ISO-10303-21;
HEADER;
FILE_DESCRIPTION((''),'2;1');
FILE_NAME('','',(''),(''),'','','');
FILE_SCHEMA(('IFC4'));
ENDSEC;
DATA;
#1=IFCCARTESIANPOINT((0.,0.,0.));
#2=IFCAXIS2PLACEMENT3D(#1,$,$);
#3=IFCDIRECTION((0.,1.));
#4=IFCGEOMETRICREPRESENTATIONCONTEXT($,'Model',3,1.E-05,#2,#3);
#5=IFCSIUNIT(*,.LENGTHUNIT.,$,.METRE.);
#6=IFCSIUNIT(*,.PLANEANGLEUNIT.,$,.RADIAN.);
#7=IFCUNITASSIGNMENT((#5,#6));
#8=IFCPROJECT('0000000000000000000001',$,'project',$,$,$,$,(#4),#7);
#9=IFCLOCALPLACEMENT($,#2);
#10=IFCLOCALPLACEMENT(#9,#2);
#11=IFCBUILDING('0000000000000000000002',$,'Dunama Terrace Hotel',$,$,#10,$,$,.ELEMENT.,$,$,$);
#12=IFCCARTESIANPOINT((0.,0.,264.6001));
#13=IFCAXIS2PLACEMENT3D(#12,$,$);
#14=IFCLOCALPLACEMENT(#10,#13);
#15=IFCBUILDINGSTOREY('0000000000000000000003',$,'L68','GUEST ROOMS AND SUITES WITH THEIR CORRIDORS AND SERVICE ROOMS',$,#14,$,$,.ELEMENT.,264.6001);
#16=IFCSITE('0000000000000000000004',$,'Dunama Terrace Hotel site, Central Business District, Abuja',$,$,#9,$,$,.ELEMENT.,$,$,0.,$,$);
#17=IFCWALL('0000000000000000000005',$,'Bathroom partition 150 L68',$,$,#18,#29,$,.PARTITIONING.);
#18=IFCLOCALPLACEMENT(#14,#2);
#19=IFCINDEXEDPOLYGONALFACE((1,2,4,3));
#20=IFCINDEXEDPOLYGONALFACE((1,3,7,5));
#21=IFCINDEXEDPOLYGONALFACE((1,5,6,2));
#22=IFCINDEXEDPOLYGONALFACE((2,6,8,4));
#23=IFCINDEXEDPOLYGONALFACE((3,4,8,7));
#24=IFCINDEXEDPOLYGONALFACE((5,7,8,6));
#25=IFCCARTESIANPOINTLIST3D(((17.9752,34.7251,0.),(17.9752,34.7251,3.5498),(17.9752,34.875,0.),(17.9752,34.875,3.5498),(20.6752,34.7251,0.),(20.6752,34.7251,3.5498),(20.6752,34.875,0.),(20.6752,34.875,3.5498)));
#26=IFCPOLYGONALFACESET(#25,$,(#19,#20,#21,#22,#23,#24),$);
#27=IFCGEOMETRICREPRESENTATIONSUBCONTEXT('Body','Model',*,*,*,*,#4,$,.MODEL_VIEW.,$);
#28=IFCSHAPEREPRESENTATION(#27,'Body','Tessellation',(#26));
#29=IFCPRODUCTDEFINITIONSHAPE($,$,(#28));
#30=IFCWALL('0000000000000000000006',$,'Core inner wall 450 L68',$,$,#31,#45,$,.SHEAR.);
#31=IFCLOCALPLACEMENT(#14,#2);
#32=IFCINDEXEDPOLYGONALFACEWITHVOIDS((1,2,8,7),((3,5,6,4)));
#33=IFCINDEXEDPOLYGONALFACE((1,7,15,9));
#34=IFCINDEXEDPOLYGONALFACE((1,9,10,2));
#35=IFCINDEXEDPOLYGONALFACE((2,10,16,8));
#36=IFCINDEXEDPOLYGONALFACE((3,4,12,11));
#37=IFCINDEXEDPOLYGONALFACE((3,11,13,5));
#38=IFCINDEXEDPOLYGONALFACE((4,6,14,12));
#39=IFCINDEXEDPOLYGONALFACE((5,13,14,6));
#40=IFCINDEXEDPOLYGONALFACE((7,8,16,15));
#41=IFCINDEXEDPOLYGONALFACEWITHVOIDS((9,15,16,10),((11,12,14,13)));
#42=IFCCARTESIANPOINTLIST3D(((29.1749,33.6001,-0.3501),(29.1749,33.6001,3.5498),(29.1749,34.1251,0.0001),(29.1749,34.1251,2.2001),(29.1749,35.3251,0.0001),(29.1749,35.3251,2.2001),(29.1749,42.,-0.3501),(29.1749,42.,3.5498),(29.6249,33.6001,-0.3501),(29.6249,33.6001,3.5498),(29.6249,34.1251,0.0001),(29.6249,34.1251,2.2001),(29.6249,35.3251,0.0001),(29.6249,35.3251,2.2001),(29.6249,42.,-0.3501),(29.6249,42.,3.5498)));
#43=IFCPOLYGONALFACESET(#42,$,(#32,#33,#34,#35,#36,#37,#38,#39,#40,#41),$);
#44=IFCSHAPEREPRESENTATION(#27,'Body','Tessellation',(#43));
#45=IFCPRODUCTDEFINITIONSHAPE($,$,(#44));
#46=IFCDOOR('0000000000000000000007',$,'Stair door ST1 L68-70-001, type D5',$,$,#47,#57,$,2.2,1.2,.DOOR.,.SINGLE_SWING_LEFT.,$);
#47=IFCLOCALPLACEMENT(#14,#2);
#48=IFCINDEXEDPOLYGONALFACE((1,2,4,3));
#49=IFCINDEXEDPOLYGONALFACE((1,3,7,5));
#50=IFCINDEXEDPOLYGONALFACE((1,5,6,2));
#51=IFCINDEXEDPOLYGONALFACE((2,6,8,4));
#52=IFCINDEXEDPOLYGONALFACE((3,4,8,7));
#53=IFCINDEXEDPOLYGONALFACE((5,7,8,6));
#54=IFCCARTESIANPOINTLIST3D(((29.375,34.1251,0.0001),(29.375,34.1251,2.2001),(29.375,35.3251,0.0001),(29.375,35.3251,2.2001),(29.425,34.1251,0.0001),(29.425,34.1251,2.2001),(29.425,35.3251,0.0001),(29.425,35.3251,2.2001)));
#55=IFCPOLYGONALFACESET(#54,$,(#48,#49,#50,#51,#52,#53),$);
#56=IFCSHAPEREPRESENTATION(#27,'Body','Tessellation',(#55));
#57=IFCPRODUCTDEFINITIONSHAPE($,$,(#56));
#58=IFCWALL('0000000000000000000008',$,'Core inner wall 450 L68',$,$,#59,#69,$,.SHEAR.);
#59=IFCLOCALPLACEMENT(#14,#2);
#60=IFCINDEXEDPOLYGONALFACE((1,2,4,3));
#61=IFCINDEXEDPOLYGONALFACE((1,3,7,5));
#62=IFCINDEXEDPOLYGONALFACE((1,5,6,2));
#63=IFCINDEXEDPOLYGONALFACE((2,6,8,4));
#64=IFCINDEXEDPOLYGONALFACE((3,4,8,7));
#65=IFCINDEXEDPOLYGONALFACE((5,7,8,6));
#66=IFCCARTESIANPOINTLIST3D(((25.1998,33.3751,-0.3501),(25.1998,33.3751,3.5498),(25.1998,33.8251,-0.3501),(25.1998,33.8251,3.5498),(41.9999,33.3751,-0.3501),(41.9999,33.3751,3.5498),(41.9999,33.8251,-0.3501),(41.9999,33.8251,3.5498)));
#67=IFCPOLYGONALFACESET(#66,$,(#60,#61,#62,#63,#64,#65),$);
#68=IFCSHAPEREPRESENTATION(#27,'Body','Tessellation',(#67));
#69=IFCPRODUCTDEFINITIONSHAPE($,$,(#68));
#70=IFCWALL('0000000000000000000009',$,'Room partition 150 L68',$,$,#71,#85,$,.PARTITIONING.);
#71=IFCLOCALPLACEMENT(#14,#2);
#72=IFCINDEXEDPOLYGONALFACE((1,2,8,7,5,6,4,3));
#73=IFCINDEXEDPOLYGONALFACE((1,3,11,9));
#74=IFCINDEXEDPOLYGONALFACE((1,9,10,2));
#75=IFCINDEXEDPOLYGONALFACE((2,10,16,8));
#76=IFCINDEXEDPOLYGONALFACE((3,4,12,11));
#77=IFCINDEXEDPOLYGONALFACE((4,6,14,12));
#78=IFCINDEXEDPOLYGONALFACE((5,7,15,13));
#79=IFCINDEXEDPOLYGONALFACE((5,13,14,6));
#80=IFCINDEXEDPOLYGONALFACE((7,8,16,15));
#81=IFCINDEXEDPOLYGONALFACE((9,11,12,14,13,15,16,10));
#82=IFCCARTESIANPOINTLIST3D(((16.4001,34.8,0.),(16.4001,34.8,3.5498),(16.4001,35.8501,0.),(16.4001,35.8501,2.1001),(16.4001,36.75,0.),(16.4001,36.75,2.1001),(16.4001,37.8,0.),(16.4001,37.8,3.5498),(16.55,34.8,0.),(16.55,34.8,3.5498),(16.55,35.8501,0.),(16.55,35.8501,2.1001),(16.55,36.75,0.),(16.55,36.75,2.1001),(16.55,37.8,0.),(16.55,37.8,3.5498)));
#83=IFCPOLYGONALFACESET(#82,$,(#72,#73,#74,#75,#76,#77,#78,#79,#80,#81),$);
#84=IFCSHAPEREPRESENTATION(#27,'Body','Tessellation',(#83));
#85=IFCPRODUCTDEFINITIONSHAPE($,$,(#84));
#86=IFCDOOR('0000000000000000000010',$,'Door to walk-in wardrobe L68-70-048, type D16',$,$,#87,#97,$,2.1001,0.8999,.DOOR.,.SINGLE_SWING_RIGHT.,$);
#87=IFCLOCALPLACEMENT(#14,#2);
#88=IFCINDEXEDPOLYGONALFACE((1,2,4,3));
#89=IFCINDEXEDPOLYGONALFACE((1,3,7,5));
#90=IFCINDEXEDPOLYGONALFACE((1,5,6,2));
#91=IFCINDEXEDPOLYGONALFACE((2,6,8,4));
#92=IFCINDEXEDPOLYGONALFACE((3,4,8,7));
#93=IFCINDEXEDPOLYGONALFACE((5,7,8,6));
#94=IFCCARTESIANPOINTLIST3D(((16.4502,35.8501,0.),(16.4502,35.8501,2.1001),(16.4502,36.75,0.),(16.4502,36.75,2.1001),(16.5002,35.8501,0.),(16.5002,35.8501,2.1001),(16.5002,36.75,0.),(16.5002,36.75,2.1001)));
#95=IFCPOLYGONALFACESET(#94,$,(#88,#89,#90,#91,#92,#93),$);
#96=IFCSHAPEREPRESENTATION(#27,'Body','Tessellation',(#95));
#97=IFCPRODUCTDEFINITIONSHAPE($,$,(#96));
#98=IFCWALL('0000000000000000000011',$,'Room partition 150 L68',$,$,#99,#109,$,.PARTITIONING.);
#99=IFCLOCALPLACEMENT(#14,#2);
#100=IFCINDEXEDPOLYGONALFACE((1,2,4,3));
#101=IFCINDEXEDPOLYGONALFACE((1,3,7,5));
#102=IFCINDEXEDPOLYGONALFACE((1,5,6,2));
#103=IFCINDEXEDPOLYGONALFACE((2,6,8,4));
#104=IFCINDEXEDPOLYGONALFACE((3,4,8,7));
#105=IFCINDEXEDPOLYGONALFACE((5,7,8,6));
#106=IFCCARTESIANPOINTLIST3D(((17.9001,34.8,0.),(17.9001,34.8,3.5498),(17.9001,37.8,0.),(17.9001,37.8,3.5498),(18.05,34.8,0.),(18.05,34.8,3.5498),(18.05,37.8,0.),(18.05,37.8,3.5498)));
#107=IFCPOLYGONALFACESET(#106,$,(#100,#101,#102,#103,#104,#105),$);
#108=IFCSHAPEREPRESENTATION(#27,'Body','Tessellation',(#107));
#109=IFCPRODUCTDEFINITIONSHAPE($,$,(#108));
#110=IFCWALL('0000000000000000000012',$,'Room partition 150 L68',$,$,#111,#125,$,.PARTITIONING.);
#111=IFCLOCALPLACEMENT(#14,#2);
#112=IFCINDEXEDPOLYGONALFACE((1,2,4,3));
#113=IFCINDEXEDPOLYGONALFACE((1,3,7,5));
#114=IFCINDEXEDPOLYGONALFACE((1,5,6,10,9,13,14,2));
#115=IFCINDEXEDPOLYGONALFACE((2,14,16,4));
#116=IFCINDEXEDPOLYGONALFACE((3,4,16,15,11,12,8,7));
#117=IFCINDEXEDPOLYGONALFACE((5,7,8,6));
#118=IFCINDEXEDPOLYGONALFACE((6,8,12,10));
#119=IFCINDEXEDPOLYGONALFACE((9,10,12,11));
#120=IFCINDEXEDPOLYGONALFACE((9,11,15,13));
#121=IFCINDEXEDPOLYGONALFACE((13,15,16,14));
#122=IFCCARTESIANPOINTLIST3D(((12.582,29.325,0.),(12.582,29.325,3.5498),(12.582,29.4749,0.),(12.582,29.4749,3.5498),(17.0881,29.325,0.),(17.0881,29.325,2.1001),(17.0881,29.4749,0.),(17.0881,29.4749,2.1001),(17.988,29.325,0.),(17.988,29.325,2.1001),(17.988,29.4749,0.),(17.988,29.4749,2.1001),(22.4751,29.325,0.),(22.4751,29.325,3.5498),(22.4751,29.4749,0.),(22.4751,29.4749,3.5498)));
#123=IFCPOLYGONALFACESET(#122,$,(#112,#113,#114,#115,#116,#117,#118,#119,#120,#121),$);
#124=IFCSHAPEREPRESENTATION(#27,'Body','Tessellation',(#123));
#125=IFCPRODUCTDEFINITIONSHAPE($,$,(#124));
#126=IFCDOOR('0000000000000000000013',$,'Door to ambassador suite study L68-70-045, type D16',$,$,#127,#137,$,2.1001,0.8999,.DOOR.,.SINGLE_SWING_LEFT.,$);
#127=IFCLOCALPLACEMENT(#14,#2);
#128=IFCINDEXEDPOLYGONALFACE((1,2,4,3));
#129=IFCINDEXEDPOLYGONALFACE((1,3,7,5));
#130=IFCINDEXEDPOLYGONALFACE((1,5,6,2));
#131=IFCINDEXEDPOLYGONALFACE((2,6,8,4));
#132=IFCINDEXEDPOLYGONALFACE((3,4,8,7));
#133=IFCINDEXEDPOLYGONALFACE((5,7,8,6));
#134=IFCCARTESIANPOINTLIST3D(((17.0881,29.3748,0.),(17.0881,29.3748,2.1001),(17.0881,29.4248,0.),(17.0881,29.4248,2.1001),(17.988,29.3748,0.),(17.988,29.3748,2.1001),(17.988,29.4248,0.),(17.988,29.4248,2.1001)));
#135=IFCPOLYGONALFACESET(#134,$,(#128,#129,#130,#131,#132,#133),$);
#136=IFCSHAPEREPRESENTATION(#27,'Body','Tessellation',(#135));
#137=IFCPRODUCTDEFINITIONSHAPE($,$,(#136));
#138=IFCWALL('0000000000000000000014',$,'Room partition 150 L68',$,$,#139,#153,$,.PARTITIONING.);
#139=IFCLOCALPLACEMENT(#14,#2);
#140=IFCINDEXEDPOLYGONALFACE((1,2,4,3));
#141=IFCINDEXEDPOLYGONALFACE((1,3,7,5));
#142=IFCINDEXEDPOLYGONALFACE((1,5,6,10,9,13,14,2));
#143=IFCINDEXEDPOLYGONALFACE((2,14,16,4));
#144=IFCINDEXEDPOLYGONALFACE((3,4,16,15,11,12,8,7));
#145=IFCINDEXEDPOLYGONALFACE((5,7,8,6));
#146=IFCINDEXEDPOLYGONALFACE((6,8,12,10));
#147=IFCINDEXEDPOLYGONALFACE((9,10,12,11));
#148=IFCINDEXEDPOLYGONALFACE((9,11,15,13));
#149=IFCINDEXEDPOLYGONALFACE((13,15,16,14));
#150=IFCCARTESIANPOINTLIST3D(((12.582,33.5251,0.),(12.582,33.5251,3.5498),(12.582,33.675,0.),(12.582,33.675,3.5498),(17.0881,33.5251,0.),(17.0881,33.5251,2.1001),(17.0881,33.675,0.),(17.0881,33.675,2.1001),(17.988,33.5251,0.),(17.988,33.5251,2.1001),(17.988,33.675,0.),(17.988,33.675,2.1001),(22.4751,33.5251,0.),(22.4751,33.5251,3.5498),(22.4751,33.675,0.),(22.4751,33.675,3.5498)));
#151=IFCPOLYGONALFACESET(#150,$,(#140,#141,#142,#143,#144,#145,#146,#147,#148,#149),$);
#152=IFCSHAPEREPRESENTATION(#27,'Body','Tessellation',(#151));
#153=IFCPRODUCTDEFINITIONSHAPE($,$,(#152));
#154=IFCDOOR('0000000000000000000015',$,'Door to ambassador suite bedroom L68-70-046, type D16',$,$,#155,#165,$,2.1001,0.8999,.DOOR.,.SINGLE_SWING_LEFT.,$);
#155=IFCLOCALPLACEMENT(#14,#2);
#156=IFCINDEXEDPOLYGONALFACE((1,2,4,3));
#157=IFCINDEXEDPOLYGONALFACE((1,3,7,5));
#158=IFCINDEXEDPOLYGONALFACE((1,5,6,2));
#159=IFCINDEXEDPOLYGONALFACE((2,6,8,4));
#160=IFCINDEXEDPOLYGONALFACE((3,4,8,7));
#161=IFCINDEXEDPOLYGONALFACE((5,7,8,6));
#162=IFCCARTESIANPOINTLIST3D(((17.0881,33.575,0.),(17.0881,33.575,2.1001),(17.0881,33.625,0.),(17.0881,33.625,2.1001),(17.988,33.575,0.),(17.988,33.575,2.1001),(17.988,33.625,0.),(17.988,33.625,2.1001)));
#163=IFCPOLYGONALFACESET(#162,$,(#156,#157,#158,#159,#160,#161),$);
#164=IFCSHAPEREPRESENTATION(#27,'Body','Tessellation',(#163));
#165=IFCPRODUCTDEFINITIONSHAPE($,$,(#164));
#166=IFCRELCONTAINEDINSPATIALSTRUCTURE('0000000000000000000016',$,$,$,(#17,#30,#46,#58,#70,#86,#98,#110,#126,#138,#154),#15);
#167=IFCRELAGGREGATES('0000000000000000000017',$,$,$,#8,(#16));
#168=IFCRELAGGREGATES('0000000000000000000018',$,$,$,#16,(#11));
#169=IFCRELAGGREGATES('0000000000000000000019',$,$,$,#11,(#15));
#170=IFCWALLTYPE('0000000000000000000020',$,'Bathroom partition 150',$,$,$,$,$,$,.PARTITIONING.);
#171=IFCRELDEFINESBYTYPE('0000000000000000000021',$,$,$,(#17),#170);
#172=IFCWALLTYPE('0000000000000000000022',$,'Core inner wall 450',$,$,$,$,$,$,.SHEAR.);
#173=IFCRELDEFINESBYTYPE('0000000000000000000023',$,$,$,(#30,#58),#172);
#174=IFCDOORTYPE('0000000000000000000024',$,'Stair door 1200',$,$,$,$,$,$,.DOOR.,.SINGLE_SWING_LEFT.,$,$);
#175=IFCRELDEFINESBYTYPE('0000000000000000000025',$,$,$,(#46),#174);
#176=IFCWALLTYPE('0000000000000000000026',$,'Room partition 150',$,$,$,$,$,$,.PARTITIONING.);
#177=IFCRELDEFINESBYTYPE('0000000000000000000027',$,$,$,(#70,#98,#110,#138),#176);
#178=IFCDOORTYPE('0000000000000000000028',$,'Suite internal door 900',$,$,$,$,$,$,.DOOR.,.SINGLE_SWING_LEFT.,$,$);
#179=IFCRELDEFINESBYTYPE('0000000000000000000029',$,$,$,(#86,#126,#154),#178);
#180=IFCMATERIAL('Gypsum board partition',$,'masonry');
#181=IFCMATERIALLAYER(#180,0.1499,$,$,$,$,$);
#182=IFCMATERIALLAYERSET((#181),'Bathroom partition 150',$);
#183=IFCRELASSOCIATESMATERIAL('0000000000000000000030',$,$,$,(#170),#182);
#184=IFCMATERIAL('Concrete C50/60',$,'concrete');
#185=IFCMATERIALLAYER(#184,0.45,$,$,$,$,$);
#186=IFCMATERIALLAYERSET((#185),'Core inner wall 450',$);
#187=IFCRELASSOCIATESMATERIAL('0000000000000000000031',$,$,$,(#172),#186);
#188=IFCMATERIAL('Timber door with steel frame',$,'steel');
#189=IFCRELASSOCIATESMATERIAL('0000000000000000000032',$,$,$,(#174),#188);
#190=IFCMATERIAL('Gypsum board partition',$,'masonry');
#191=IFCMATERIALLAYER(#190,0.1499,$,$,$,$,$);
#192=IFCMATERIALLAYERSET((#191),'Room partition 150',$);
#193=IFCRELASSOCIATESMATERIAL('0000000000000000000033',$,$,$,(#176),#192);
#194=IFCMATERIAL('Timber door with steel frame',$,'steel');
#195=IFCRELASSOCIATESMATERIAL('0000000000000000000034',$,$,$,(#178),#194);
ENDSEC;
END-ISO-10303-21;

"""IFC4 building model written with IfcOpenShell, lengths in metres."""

from ifc_helpers import new_model, si_unit, direction, frame, frame_2d, origin, place, context, subcontext, project, spatial, rectangle, extrude, material, layer, layer_set, type_object, element, fill, save


model = new_model("IFC4")

# Units and contexts
model_context = context("Model", 3, precision=1e-05, world=origin(), true_north=direction((0.0, 1.0)))
body_context = subcontext(model_context, "Body", "Model", "MODEL_VIEW")
ifc_project = project(units=[si_unit("LENGTHUNIT", "METRE"), si_unit("PLANEANGLEUNIT", "RADIAN")], contexts=[model_context])

# Site, building, storey
site_placement = place(None, origin())
site = spatial("IfcSite", under=ifc_project, at=site_placement, Name="Dunama Terrace Hotel site, Central Business District, Abuja", CompositionType="ELEMENT", RefElevation=0.0)
building_placement = place(site_placement, origin())
building = spatial("IfcBuilding", under=site, at=building_placement, Name="Dunama Terrace Hotel", CompositionType="ELEMENT")
storey_placement = place(building_placement, frame((0.0, 0.0, 264.6001)))
storey = spatial("IfcBuildingStorey", under=building, at=storey_placement, Name="L68", Description="GUEST ROOMS AND SUITES WITH THEIR CORRIDORS AND SERVICE ROOMS", CompositionType="ELEMENT", Elevation=264.6001)

# Shared definitions
ifc_material_1 = material(Name="Gypsum board partition", Category="masonry")
ifc_layer_1 = layer(ifc_material_1, 0.1499)
ifc_layer_set_1 = layer_set([ifc_layer_1], Name="Bathroom partition 150")
wall_type_1 = type_object("IfcWallType", Name="Bathroom partition 150", PredefinedType="PARTITIONING", material=ifc_layer_set_1)

# Wall
wall_1_placement = place(storey_placement, frame((17.9751, 34.8, 0.0), z_axis=(0.0, 0.0, 1.0), x_axis=(1.0, 0.0, 0.0)))
element("IfcWall", 1, at=wall_1_placement, inside=storey, type_object=wall_type_1, Name="Bathroom partition 150 L68", PredefinedType="PARTITIONING", context=body_context, shape_type="SweptSolid", body=[
    extrude(rectangle(XDim=2.7, YDim=0.1499, at=frame_2d((1.3501, 0.0))), origin(), (0.0, 0.0, 1.0), 3.5498),
])

# Wall, opening, door
ifc_material_2 = material(Name="Concrete C50/60", Category="concrete")
ifc_layer_2 = layer(ifc_material_2, 0.45)
ifc_layer_set_2 = layer_set([ifc_layer_2], Name="Core inner wall 450")
wall_type_2 = type_object("IfcWallType", Name="Core inner wall 450", PredefinedType="SHEAR", material=ifc_layer_set_2)
wall_2_placement = place(storey_placement, frame((29.3999, 33.6001, -0.3501), z_axis=(0.0, 0.0, 1.0), x_axis=(0.0, 1.0, 0.0)))
wall_2 = element("IfcWall", 2, at=wall_2_placement, inside=storey, type_object=wall_type_2, Name="Core inner wall 450 L68", PredefinedType="SHEAR", context=body_context, shape_type="SweptSolid", body=[
    extrude(rectangle(XDim=8.3999, YDim=0.45, at=frame_2d((4.2, 0.0))), origin(), (0.0, 0.0, 1.0), 3.8999),
])
opening_1_placement = place(wall_2_placement, frame((0.5249, 0.0, 0.3501)))
opening_1 = element("IfcOpeningElement", 3, at=opening_1_placement, cuts=wall_2, PredefinedType="OPENING", context=body_context, shape_type="SweptSolid", body=[
    extrude(rectangle(XDim=1.2, YDim=2.2, at=frame_2d((0.6001, 1.1001))), frame((0.0, 0.2349, 0.0), z_axis=(0.0, -1.0, 0.0), x_axis=(1.0, 0.0, 0.0)), (0.0, 0.0, 1.0), 0.47),
])
ifc_material_3 = material(Name="Timber door with steel frame", Category="steel")
door_type_1 = type_object("IfcDoorType", Name="Stair door 1200", OperationType="SINGLE_SWING_LEFT", PredefinedType="DOOR", material=ifc_material_3)
door_1_placement = place(opening_1_placement, origin())
door_1 = element("IfcDoor", 4, at=door_1_placement, inside=storey, type_object=door_type_1, Name="Stair door ST1 L68-70-001, type D5", OperationType="SINGLE_SWING_LEFT", OverallHeight=2.2, OverallWidth=1.2, PredefinedType="DOOR", context=body_context, shape_type="SweptSolid", body=[
    extrude(rectangle(XDim=1.2, YDim=2.2, at=frame_2d((0.6001, 1.1001))), frame((0.0, 0.0249, 0.0), z_axis=(0.0, -1.0, 0.0), x_axis=(1.0, 0.0, 0.0)), (0.0, 0.0, 1.0), 0.05),
])
fill(opening_1, door_1)

# Wall
wall_3_placement = place(storey_placement, frame((25.2, 33.6001, -0.3501), z_axis=(0.0, 0.0, 1.0), x_axis=(1.0, 0.0, 0.0)))
element("IfcWall", 5, at=wall_3_placement, inside=storey, type_object=wall_type_2, Name="Core inner wall 450 L68", PredefinedType="SHEAR", context=body_context, shape_type="SweptSolid", body=[
    extrude(rectangle(XDim=16.8, YDim=0.45, at=frame_2d((8.3999, 0.0))), origin(), (0.0, 0.0, 1.0), 3.8999),
])

# Wall, opening, door
ifc_material_4 = material(Name="Gypsum board partition", Category="masonry")
ifc_layer_3 = layer(ifc_material_4, 0.1499)
ifc_layer_set_3 = layer_set([ifc_layer_3], Name="Room partition 150")
wall_type_3 = type_object("IfcWallType", Name="Room partition 150", PredefinedType="PARTITIONING", material=ifc_layer_set_3)
wall_4_placement = place(storey_placement, frame((16.4751, 34.8, 0.0), z_axis=(0.0, 0.0, 1.0), x_axis=(0.0, 1.0, 0.0)))
wall_4 = element("IfcWall", 6, at=wall_4_placement, inside=storey, type_object=wall_type_3, Name="Room partition 150 L68", PredefinedType="PARTITIONING", context=body_context, shape_type="SweptSolid", body=[
    extrude(rectangle(XDim=3.0, YDim=0.1499, at=frame_2d((1.5, 0.0))), origin(), (0.0, 0.0, 1.0), 3.5498),
])
opening_2_placement = place(wall_4_placement, frame((1.05, 0.0, 0.0)))
opening_2 = element("IfcOpeningElement", 7, at=opening_2_placement, cuts=wall_4, PredefinedType="OPENING", context=body_context, shape_type="SweptSolid", body=[
    extrude(rectangle(XDim=0.8999, YDim=2.1001, at=frame_2d((0.45, 1.05))), frame((0.0, 0.085, 0.0), z_axis=(0.0, -1.0, 0.0), x_axis=(1.0, 0.0, 0.0)), (0.0, 0.0, 1.0), 0.1699),
])
ifc_material_5 = material(Name="Timber door with steel frame", Category="steel")
door_type_2 = type_object("IfcDoorType", Name="Suite internal door 900", OperationType="SINGLE_SWING_LEFT", PredefinedType="DOOR", material=ifc_material_5)
door_2_placement = place(opening_2_placement, frame((0.8999, 0.0, 0.0), z_axis=(0.0, 0.0, 1.0), x_axis=(-1.0, 0.0, 0.0)))
door_2 = element("IfcDoor", 8, at=door_2_placement, inside=storey, type_object=door_type_2, Name="Door to walk-in wardrobe L68-70-048, type D16", OperationType="SINGLE_SWING_RIGHT", OverallHeight=2.1001, OverallWidth=0.8999, PredefinedType="DOOR", context=body_context, shape_type="SweptSolid", body=[
    extrude(rectangle(XDim=0.8999, YDim=2.1001, at=frame_2d((0.45, 1.05))), frame((0.0, 0.0251, 0.0), z_axis=(0.0, -1.0, 0.0), x_axis=(1.0, 0.0, 0.0)), (0.0, 0.0, 1.0), 0.05),
])
fill(opening_2, door_2)

# Wall
wall_5_placement = place(storey_placement, frame((17.9751, 34.8, 0.0), z_axis=(0.0, 0.0, 1.0), x_axis=(0.0, 1.0, 0.0)))
element("IfcWall", 9, at=wall_5_placement, inside=storey, type_object=wall_type_3, Name="Room partition 150 L68", PredefinedType="PARTITIONING", context=body_context, shape_type="SweptSolid", body=[
    extrude(rectangle(XDim=3.0, YDim=0.1499, at=frame_2d((1.5, 0.0))), origin(), (0.0, 0.0, 1.0), 3.5498),
])

# Walls, openings, doors
wall_6_placement = place(storey_placement, frame((12.582, 29.3999, 0.0), z_axis=(0.0, 0.0, 1.0), x_axis=(1.0, 0.0, 0.0)))
wall_6 = element("IfcWall", 10, at=wall_6_placement, inside=storey, type_object=wall_type_3, Name="Room partition 150 L68", PredefinedType="PARTITIONING", context=body_context, shape_type="SweptSolid", body=[
    extrude(rectangle(XDim=9.8931, YDim=0.1499, at=frame_2d((4.9465, 0.0))), origin(), (0.0, 0.0, 1.0), 3.5498),
])
opening_3_placement = place(wall_6_placement, frame((4.5061, 0.0, 0.0)))
opening_3 = element("IfcOpeningElement", 11, at=opening_3_placement, cuts=wall_6, PredefinedType="OPENING", context=body_context, shape_type="SweptSolid", body=[
    extrude(rectangle(XDim=0.8999, YDim=2.1001, at=frame_2d((0.45, 1.05))), frame((0.0, 0.085, 0.0), z_axis=(0.0, -1.0, 0.0), x_axis=(1.0, 0.0, 0.0)), (0.0, 0.0, 1.0), 0.1699),
])
door_3_placement = place(opening_3_placement, frame((0.8999, 0.0, 0.0), z_axis=(0.0, 0.0, 1.0), x_axis=(-1.0, 0.0, 0.0)))
door_3 = element("IfcDoor", 12, at=door_3_placement, inside=storey, type_object=door_type_2, Name="Door to ambassador suite study L68-70-045, type D16", OperationType="SINGLE_SWING_LEFT", OverallHeight=2.1001, OverallWidth=0.8999, PredefinedType="DOOR", context=body_context, shape_type="SweptSolid", body=[
    extrude(rectangle(XDim=0.8999, YDim=2.1001, at=frame_2d((0.45, 1.05))), frame((0.0, 0.0251, 0.0), z_axis=(0.0, -1.0, 0.0), x_axis=(1.0, 0.0, 0.0)), (0.0, 0.0, 1.0), 0.05),
])
fill(opening_3, door_3)
wall_7_placement = place(storey_placement, frame((12.582, 33.6001, 0.0), z_axis=(0.0, 0.0, 1.0), x_axis=(1.0, 0.0, 0.0)))
wall_7 = element("IfcWall", 13, at=wall_7_placement, inside=storey, type_object=wall_type_3, Name="Room partition 150 L68", PredefinedType="PARTITIONING", context=body_context, shape_type="SweptSolid", body=[
    extrude(rectangle(XDim=9.8931, YDim=0.1499, at=frame_2d((4.9465, 0.0))), origin(), (0.0, 0.0, 1.0), 3.5498),
])
opening_4_placement = place(wall_7_placement, frame((4.5061, 0.0, 0.0)))
opening_4 = element("IfcOpeningElement", 14, at=opening_4_placement, cuts=wall_7, PredefinedType="OPENING", context=body_context, shape_type="SweptSolid", body=[
    extrude(rectangle(XDim=0.8999, YDim=2.1001, at=frame_2d((0.45, 1.05))), frame((0.0, 0.085, 0.0), z_axis=(0.0, -1.0, 0.0), x_axis=(1.0, 0.0, 0.0)), (0.0, 0.0, 1.0), 0.1699),
])
door_4_placement = place(opening_4_placement, origin())
door_4 = element("IfcDoor", 15, at=door_4_placement, inside=storey, type_object=door_type_2, Name="Door to ambassador suite bedroom L68-70-046, type D16", OperationType="SINGLE_SWING_LEFT", OverallHeight=2.1001, OverallWidth=0.8999, PredefinedType="DOOR", context=body_context, shape_type="SweptSolid", body=[
    extrude(rectangle(XDim=0.8999, YDim=2.1001, at=frame_2d((0.45, 1.05))), frame((0.0, 0.0249, 0.0), z_axis=(0.0, -1.0, 0.0), x_axis=(1.0, 0.0, 0.0)), (0.0, 0.0, 1.0), 0.05),
])
fill(opening_4, door_4)

save(model, "model.ifc")
